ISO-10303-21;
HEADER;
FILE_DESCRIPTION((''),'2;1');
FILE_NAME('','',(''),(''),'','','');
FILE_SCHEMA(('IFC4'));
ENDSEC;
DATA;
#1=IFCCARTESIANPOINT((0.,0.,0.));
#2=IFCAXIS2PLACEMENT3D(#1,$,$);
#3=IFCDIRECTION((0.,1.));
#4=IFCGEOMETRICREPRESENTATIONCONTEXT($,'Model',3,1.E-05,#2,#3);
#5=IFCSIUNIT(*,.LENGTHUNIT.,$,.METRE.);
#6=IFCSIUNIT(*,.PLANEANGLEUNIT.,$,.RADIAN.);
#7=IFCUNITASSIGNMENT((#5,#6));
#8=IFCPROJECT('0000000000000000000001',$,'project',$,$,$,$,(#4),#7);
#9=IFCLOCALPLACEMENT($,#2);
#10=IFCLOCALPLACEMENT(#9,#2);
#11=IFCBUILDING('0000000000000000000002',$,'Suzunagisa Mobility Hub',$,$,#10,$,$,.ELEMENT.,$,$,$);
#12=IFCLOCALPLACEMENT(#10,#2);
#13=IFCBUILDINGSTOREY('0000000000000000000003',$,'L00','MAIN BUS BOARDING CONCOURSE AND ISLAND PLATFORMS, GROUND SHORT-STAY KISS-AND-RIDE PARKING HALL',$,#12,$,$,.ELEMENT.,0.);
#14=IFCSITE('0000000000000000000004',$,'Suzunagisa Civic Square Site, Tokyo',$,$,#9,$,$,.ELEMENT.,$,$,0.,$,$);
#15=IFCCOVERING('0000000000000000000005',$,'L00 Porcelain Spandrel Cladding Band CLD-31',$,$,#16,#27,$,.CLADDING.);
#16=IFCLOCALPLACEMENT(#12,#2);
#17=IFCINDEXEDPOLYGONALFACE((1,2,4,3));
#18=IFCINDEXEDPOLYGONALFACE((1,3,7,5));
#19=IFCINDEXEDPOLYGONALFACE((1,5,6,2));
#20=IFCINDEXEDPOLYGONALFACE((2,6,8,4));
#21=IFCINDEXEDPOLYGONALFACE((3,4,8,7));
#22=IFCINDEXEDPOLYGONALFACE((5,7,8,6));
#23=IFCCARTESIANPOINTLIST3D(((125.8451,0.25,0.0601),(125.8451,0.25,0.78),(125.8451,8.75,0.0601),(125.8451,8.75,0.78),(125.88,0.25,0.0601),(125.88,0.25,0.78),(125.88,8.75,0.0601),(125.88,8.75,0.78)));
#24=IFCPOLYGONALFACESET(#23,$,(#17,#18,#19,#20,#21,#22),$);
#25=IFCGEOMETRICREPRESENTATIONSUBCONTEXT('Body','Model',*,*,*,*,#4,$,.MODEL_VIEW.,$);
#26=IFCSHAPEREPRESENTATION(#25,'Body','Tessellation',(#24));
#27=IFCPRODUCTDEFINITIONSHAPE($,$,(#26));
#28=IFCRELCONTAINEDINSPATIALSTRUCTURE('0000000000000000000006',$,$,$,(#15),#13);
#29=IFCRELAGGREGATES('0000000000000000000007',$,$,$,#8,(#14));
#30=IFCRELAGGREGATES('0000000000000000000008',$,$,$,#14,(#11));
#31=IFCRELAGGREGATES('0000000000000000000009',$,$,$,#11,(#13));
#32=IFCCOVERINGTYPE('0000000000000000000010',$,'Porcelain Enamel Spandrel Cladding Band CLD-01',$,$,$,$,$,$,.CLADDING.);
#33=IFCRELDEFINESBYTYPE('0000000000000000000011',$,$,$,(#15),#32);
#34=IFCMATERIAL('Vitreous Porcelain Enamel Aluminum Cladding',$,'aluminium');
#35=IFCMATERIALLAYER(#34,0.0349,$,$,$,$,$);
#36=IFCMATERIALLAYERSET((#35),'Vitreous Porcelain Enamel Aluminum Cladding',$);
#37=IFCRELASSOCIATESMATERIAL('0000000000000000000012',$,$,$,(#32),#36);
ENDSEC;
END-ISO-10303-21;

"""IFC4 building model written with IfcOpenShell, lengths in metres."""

from ifc_helpers import new_model, si_unit, direction, frame, origin, origin_2d, place, context, subcontext, project, spatial, rectangle, extrude, material, layer, layer_set, type_object, element, save


model = new_model("IFC4")

# Units and contexts
model_context = context("Model", 3, precision=1e-05, world=origin(), true_north=direction((0.0, 1.0)))
body_context = subcontext(model_context, "Body", "Model", "MODEL_VIEW")
ifc_project = project(units=[si_unit("LENGTHUNIT", "METRE"), si_unit("PLANEANGLEUNIT", "RADIAN")], contexts=[model_context])

# Site, building, storey
site_placement = place(None, origin())
site = spatial("IfcSite", under=ifc_project, at=site_placement, Name="Suzunagisa Civic Square Site, Tokyo", CompositionType="ELEMENT", RefElevation=0.0)
building_placement = place(site_placement, origin())
building = spatial("IfcBuilding", under=site, at=building_placement, Name="Suzunagisa Mobility Hub", CompositionType="ELEMENT")
storey_placement = place(building_placement, origin())
storey = spatial("IfcBuildingStorey", under=building, at=storey_placement, Name="L00", Description="MAIN BUS BOARDING CONCOURSE AND ISLAND PLATFORMS, GROUND SHORT-STAY KISS-AND-RIDE PARKING HALL", CompositionType="ELEMENT", Elevation=0.0)

# Covering
ifc_material_1 = material(Name="Vitreous Porcelain Enamel Aluminum Cladding", Category="aluminium")
ifc_layer_1 = layer(ifc_material_1, 0.0349)
ifc_layer_set_1 = layer_set([ifc_layer_1], Name="Vitreous Porcelain Enamel Aluminum Cladding")
covering_type = type_object("IfcCoveringType", Name="Porcelain Enamel Spandrel Cladding Band CLD-01", PredefinedType="CLADDING", material=ifc_layer_set_1)
covering_placement = place(storey_placement, frame((125.8625, 4.5, 0.0601), z_axis=(0.0, 0.0, 1.0), x_axis=(0.0, -1.0, 0.0)))
element("IfcCovering", 1, at=covering_placement, inside=storey, type_object=covering_type, Name="L00 Porcelain Spandrel Cladding Band CLD-31", PredefinedType="CLADDING", context=body_context, shape_type="SweptSolid", body=[
    extrude(rectangle(XDim=8.5, YDim=0.0349, at=origin_2d()), origin(), (0.0, 0.0, 1.0), 0.72),
])

save(model, "model.ifc")
